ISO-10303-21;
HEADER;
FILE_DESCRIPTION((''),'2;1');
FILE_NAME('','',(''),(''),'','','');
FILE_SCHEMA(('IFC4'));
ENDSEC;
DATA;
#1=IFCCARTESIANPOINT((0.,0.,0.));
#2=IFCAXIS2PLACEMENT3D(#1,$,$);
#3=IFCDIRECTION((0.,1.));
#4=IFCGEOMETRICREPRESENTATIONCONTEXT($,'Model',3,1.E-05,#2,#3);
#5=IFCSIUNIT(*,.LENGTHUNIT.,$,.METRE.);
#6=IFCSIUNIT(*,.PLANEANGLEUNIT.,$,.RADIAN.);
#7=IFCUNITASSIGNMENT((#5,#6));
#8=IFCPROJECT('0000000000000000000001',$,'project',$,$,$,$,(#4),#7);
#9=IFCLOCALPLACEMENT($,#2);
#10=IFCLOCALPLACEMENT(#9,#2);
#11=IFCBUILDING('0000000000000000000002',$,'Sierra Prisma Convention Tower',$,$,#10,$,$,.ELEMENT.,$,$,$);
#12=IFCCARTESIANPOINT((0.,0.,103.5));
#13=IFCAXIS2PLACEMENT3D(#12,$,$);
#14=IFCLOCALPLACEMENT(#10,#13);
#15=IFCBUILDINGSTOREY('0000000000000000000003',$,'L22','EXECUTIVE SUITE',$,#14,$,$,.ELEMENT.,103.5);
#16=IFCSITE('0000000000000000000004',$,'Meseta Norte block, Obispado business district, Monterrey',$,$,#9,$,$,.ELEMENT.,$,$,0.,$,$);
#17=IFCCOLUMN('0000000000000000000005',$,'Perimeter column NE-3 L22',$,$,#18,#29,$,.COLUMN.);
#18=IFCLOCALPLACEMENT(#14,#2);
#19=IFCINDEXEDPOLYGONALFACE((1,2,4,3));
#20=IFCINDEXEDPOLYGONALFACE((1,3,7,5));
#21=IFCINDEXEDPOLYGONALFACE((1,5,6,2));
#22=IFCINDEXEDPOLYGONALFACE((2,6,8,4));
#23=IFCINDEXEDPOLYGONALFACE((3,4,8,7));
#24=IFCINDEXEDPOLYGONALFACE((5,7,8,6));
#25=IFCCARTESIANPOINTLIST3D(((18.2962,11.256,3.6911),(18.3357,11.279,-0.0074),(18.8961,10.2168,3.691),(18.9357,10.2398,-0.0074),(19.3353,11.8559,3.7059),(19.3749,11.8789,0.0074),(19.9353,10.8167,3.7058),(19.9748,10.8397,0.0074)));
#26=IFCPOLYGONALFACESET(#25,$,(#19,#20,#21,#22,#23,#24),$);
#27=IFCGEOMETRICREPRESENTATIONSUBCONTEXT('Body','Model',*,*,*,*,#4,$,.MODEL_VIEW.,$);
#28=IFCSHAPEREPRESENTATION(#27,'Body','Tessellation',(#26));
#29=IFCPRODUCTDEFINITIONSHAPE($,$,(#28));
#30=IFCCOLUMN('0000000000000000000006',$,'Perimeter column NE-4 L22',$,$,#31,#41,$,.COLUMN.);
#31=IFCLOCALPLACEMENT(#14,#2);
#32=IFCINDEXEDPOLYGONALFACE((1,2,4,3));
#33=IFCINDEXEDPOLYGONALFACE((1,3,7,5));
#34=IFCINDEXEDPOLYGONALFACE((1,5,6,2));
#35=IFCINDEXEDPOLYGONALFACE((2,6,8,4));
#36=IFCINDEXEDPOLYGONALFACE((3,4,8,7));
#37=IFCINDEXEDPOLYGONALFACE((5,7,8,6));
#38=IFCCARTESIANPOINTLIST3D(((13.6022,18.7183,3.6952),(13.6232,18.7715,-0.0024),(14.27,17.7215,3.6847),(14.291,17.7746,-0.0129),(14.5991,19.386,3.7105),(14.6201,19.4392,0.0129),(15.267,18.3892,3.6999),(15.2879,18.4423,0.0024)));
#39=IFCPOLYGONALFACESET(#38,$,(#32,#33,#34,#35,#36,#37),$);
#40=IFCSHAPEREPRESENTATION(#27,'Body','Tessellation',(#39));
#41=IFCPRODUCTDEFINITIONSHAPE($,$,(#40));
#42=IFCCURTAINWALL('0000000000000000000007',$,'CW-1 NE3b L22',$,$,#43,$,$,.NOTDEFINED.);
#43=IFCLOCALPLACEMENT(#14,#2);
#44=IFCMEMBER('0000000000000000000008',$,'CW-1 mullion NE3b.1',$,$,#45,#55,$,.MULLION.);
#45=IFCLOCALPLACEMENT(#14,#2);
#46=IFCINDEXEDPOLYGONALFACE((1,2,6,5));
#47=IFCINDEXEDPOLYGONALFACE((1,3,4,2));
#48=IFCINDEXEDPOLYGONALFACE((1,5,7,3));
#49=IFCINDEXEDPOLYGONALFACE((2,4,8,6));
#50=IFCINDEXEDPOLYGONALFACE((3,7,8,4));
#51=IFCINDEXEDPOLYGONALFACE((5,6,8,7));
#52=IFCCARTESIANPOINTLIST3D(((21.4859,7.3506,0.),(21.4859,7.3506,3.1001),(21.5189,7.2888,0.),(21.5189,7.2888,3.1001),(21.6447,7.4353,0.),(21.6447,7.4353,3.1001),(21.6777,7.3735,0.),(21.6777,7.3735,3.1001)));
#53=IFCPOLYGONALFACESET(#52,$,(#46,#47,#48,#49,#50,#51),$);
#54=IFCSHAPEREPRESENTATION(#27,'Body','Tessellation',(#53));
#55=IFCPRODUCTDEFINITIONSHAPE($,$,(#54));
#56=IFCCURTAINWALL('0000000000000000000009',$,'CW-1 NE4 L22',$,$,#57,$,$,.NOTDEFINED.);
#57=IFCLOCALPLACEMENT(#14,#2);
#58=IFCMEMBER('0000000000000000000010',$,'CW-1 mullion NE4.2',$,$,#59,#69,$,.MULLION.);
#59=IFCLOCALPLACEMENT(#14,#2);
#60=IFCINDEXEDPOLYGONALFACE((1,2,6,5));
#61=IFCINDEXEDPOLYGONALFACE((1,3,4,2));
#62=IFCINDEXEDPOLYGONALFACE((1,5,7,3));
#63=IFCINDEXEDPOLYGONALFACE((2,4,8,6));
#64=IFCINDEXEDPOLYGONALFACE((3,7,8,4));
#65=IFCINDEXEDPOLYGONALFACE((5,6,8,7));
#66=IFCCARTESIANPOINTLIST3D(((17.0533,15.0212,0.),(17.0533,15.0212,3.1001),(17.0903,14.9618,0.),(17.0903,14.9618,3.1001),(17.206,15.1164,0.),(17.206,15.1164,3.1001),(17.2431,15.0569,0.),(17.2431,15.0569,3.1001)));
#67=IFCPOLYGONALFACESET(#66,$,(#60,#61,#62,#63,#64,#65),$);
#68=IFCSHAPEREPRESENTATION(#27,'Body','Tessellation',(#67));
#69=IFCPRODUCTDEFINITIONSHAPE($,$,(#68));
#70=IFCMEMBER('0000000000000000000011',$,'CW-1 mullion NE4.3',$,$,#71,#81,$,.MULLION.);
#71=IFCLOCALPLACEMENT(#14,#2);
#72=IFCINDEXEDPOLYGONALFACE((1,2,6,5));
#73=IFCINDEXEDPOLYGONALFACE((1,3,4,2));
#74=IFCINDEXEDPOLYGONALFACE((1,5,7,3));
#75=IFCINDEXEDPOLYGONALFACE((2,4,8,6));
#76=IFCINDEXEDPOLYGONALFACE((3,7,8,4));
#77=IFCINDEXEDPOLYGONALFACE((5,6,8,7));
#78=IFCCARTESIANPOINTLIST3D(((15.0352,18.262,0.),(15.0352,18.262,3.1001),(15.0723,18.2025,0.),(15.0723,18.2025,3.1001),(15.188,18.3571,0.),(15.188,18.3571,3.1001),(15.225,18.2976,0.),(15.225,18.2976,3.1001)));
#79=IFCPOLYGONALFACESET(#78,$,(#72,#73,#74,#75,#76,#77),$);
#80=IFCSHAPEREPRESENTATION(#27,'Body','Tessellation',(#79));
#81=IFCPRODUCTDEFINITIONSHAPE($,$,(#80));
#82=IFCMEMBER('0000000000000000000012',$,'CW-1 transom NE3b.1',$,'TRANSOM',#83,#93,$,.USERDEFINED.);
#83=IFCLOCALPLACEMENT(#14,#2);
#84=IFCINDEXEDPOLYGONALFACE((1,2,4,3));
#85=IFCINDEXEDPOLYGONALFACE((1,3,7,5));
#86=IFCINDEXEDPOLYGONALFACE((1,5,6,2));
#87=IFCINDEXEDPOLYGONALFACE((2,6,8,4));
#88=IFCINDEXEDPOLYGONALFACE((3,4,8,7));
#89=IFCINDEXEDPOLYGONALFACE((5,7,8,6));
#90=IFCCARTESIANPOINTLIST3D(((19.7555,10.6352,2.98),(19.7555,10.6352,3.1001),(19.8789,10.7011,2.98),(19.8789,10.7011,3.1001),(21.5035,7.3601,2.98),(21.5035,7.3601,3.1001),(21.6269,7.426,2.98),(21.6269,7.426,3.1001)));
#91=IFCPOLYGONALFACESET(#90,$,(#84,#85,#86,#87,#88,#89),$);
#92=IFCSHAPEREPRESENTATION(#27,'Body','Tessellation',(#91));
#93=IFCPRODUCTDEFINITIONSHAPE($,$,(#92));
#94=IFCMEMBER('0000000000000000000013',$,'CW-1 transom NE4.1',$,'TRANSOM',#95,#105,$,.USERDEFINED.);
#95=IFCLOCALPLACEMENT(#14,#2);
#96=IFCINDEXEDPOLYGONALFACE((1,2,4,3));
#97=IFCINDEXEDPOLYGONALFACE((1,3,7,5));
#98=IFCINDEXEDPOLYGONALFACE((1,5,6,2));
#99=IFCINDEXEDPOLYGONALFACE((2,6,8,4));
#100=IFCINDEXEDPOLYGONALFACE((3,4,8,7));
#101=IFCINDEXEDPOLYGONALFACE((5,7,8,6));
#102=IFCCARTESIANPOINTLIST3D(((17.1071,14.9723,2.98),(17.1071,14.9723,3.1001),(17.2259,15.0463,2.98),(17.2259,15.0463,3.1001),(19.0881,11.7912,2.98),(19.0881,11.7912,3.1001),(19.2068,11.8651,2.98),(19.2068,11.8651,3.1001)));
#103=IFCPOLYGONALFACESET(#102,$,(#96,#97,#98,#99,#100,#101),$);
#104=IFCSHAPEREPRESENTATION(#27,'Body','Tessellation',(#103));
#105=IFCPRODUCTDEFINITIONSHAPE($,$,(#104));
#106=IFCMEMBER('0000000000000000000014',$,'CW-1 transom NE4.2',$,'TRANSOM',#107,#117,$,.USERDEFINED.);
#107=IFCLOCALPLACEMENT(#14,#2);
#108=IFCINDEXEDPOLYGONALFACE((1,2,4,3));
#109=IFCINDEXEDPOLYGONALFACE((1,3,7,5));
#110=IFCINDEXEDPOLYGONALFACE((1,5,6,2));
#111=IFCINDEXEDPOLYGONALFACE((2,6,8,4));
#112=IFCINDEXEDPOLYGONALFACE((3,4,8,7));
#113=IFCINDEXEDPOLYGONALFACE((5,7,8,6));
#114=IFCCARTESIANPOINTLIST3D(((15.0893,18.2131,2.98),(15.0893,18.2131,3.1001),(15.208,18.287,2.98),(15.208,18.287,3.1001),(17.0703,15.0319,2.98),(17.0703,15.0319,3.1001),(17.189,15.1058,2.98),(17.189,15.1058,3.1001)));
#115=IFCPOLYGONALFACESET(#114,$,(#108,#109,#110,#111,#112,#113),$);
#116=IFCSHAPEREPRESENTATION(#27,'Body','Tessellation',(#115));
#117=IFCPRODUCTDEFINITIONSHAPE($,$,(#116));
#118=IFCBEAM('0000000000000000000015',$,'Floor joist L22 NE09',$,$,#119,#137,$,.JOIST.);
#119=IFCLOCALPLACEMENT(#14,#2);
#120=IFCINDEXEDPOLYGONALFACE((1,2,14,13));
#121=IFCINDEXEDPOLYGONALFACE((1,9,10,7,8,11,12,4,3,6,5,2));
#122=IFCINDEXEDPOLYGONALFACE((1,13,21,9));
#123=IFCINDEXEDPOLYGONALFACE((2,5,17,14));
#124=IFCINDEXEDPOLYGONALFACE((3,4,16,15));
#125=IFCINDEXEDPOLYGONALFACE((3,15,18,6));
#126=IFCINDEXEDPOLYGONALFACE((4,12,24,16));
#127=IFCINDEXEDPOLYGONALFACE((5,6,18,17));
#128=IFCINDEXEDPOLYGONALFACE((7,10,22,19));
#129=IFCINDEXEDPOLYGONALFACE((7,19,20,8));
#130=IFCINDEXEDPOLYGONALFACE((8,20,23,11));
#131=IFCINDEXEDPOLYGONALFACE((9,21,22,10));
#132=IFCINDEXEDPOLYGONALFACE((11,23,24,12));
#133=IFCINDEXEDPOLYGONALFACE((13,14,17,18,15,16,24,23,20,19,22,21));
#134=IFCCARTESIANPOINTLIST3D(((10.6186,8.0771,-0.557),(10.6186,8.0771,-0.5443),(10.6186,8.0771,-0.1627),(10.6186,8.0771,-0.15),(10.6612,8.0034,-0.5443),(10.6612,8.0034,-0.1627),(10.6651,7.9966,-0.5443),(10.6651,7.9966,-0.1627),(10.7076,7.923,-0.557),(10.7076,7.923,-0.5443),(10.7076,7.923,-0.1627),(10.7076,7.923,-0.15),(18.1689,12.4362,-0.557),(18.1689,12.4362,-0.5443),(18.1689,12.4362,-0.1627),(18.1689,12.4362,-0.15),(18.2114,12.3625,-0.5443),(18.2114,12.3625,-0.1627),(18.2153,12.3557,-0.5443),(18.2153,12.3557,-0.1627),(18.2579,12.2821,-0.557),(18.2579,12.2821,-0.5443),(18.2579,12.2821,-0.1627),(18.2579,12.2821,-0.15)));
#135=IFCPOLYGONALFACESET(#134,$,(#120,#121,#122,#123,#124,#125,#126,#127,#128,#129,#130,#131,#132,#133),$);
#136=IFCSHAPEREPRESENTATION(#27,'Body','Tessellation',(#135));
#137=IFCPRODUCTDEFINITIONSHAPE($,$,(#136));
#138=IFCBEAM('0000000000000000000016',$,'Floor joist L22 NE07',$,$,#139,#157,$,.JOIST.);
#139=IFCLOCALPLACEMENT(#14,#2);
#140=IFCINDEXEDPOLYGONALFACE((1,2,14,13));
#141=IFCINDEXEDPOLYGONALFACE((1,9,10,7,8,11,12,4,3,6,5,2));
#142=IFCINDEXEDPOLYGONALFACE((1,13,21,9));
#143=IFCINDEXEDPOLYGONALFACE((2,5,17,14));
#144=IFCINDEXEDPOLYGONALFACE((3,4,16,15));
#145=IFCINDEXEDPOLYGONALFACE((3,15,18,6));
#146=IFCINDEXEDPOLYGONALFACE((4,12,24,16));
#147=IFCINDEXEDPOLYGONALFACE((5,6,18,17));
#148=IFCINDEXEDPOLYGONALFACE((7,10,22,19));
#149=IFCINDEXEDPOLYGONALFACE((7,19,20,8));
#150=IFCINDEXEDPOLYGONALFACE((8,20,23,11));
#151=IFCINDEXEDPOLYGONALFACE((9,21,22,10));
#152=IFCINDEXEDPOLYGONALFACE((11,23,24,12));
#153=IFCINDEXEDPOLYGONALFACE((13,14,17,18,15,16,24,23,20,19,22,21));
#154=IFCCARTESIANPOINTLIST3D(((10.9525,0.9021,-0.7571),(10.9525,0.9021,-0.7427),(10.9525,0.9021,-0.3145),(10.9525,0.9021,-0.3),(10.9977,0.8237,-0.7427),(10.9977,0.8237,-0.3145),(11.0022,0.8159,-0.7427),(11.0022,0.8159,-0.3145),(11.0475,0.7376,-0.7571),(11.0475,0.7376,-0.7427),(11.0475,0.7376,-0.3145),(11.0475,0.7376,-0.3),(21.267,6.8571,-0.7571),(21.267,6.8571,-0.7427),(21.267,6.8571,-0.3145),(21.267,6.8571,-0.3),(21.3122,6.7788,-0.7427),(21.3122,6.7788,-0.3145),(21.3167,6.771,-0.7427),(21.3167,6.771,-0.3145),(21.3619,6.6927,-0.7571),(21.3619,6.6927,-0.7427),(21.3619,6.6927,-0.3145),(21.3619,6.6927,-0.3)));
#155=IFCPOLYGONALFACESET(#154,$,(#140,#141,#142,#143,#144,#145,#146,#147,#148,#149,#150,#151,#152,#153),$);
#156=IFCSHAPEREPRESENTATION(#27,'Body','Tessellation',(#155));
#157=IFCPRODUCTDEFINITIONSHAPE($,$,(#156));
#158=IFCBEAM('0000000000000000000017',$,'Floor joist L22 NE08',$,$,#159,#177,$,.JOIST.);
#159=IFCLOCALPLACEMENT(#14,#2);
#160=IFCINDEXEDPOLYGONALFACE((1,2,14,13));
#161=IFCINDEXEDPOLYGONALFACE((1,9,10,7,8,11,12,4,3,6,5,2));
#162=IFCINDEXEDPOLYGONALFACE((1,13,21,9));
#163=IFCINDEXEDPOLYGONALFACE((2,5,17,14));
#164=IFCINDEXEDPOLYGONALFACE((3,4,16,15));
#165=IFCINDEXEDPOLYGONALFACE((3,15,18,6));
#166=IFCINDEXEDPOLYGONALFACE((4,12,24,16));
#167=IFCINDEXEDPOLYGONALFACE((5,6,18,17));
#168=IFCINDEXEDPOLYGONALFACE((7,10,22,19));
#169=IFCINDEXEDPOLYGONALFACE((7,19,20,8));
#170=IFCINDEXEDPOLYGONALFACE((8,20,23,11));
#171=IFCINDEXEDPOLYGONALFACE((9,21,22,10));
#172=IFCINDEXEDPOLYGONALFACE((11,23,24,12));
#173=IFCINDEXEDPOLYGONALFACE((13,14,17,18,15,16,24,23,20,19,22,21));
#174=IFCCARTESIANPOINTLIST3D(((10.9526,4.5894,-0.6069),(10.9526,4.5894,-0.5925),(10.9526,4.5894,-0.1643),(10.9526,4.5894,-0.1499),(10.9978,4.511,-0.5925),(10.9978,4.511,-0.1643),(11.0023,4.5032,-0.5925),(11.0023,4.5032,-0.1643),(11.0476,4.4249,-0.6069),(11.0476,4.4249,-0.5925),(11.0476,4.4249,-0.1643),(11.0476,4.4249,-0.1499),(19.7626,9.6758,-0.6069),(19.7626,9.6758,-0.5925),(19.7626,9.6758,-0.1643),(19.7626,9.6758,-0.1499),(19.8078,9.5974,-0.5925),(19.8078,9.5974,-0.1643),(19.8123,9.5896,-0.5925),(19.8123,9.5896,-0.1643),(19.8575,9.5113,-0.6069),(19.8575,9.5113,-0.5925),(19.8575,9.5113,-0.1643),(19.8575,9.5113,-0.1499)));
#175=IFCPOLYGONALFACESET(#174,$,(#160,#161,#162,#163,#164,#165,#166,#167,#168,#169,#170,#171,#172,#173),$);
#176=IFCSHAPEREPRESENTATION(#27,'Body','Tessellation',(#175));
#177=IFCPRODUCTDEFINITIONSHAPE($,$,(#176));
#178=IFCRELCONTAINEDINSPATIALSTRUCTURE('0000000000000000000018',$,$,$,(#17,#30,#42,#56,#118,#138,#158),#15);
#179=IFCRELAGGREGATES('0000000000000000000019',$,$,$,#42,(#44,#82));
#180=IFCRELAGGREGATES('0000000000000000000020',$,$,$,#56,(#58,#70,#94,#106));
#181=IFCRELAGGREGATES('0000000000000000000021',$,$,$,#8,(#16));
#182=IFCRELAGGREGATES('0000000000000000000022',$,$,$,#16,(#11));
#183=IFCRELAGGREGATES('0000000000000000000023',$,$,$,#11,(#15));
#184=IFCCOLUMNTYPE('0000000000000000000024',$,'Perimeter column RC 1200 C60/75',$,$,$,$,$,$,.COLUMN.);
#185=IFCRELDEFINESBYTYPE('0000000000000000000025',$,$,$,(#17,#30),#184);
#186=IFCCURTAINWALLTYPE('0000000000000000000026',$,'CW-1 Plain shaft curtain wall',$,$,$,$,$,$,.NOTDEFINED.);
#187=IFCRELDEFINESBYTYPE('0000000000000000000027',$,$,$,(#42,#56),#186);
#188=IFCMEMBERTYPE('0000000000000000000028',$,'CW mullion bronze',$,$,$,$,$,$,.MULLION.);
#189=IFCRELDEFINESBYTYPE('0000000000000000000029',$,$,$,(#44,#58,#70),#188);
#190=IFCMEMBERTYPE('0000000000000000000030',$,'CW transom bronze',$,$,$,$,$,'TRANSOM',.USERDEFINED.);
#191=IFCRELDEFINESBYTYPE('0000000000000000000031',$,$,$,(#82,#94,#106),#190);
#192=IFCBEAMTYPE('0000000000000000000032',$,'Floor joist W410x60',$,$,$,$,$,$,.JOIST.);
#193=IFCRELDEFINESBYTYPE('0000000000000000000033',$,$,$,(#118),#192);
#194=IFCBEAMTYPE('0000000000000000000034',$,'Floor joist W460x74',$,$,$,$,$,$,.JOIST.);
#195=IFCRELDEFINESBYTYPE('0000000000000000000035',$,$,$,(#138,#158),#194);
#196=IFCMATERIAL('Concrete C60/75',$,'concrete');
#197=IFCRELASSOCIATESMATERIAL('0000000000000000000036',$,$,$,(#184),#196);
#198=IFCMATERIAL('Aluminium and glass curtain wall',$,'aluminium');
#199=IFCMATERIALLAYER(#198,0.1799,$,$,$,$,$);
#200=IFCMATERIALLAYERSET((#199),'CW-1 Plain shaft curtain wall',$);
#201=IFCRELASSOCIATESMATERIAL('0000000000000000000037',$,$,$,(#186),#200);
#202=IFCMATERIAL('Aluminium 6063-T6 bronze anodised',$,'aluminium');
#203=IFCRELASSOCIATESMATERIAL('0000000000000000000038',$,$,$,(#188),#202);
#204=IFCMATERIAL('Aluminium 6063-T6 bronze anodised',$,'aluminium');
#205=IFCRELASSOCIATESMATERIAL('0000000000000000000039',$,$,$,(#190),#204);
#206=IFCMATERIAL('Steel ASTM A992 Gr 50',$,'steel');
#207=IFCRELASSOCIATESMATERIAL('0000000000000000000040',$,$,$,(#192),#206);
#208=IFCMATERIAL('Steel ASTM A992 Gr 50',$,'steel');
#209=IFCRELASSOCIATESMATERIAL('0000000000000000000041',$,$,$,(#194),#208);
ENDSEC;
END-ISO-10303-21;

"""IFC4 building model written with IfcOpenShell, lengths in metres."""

from ifc_helpers import new_model, si_unit, direction, frame, origin, origin_2d, place, context, subcontext, project, spatial, rectangle, i_section, extrude, clip, halfspace, material, layer, layer_set, material_profile, profile_set, type_object, element, aggregate, save


model = new_model("IFC4")

# Units and contexts
model_context = context("Model", 3, precision=1e-05, world=origin(), true_north=direction((0.0, 1.0)))
body_context = subcontext(model_context, "Body", "Model", "MODEL_VIEW")
ifc_project = project(units=[si_unit("LENGTHUNIT", "METRE"), si_unit("PLANEANGLEUNIT", "RADIAN")], contexts=[model_context])

# Site, building, storey
site_placement = place(None, origin())
site = spatial("IfcSite", under=ifc_project, at=site_placement, Name="Meseta Norte block, Obispado business district, Monterrey", CompositionType="ELEMENT", RefElevation=0.0)
building_placement = place(site_placement, origin())
building = spatial("IfcBuilding", under=site, at=building_placement, Name="Sierra Prisma Convention Tower", CompositionType="ELEMENT")
storey_placement = place(building_placement, frame((0.0, 0.0, 103.5)))
storey = spatial("IfcBuildingStorey", under=building, at=storey_placement, Name="L22", Description="EXECUTIVE SUITE", CompositionType="ELEMENT", Elevation=103.5)

# Columns
ifc_material_1 = material(Name="Concrete C60/75", Category="concrete")
ifc_material_profile_1 = material_profile(ifc_material_1, rectangle(XDim=1.2, YDim=1.2, at=origin_2d()), Name="Perimeter column RC 1200 C60/75")
ifc_profile_set_1 = profile_set([ifc_material_profile_1], Name="Concrete C60/75")
column_type = type_object("IfcColumnType", Name="Perimeter column RC 1200 C60/75", PredefinedType="COLUMN", material=ifc_profile_set_1)
column_1_placement = place(storey_placement, frame((19.1553, 11.0593, 0.0), z_axis=(-0.010689, -0.006202, 0.999924), x_axis=(-0.499971, 0.866042, 0.000027)))
element("IfcColumn", 1, at=column_1_placement, inside=storey, type_object=column_type, Name="Perimeter column NE-3 L22", PredefinedType="COLUMN", context=body_context, shape_type="SweptSolid", body=[
    clip(extrude(rectangle(XDim=1.2, YDim=1.2, at=origin_2d()), origin(), (0.0, 0.0, 1.0), 3.7002), halfspace(frame((0.0, 0.0, 3.6987)), False)),
])
column_2_placement = place(storey_placement, frame((14.4556, 18.6069, 0.0), z_axis=(-0.005674, -0.014383, 0.99988), x_axis=(-0.556551, 0.830767, 0.008792)))
element("IfcColumn", 2, at=column_2_placement, inside=storey, type_object=column_type, Name="Perimeter column NE-4 L22", PredefinedType="COLUMN", context=body_context, shape_type="SweptSolid", body=[
    clip(extrude(rectangle(XDim=1.2, YDim=1.2, at=origin_2d()), origin(), (0.0, 0.0, 1.0), 3.7004), halfspace(frame((0.0, 0.0, 3.698)), False)),
])

# Curtain wall, member
ifc_material_2 = material(Name="Aluminium and glass curtain wall", Category="aluminium")
ifc_layer_1 = layer(ifc_material_2, 0.1799)
ifc_layer_set_1 = layer_set([ifc_layer_1], Name="CW-1 Plain shaft curtain wall")
curtain_wall_type = type_object("IfcCurtainWallType", Name="CW-1 Plain shaft curtain wall", PredefinedType="NOTDEFINED", material=ifc_layer_set_1)
curtain_wall_1_placement = place(storey_placement, origin())
curtain_wall_1 = element("IfcCurtainWall", 3, at=curtain_wall_1_placement, inside=storey, type_object=curtain_wall_type, Name="CW-1 NE3b L22", PredefinedType="NOTDEFINED")
ifc_material_3 = material(Name="Aluminium 6063-T6 bronze anodised", Category="aluminium")
ifc_material_profile_2 = material_profile(ifc_material_3, rectangle(XDim=0.1799, YDim=0.0701, at=origin_2d()), Name="ALU MULLION 70x180")
ifc_profile_set_2 = profile_set([ifc_material_profile_2], Name="Aluminium 6063-T6 bronze anodised")
member_type_1 = type_object("IfcMemberType", Name="CW mullion bronze", PredefinedType="MULLION", material=ifc_profile_set_2)
member_1_placement = place(storey_placement, frame((21.5818, 7.3621, 0.0), z_axis=(0.0, 0.0, 1.0), x_axis=(-0.882201, -0.470872, 0.0)))
member_1 = element("IfcMember", 4, at=member_1_placement, type_object=member_type_1, Name="CW-1 mullion NE3b.1", PredefinedType="MULLION", context=body_context, shape_type="SweptSolid", body=[
    extrude(rectangle(XDim=0.1799, YDim=0.0701, at=origin_2d()), origin(), (0.0, 0.0, 1.0), 3.1001),
])

# Curtain wall, members
curtain_wall_2_placement = place(storey_placement, origin())
curtain_wall_2 = element("IfcCurtainWall", 5, at=curtain_wall_2_placement, inside=storey, type_object=curtain_wall_type, Name="CW-1 NE4 L22", PredefinedType="NOTDEFINED")
member_2_placement = place(storey_placement, frame((17.1482, 15.0391, 0.0), z_axis=(0.0, 0.0, 1.0), x_axis=(-0.848888, -0.528573, 0.0)))
member_2 = element("IfcMember", 6, at=member_2_placement, type_object=member_type_1, Name="CW-1 mullion NE4.2", PredefinedType="MULLION", context=body_context, shape_type="SweptSolid", body=[
    extrude(rectangle(XDim=0.1799, YDim=0.0701, at=origin_2d()), origin(), (0.0, 0.0, 1.0), 3.1001),
])
member_3_placement = place(storey_placement, frame((15.1301, 18.2798, 0.0), z_axis=(0.0, 0.0, 1.0), x_axis=(-0.848888, -0.528573, 0.0)))
member_3 = element("IfcMember", 7, at=member_3_placement, type_object=member_type_1, Name="CW-1 mullion NE4.3", PredefinedType="MULLION", context=body_context, shape_type="SweptSolid", body=[
    extrude(rectangle(XDim=0.1799, YDim=0.0701, at=origin_2d()), origin(), (0.0, 0.0, 1.0), 3.1001),
])

# Members
ifc_material_4 = material(Name="Aluminium 6063-T6 bronze anodised", Category="aluminium")
ifc_material_profile_3 = material_profile(ifc_material_4, rectangle(XDim=0.1399, YDim=0.1201, at=origin_2d()), Name="ALU TRANSOM 120x140")
ifc_profile_set_3 = profile_set([ifc_material_profile_3], Name="Aluminium 6063-T6 bronze anodised")
member_type_2 = type_object("IfcMemberType", Name="CW transom bronze", ElementType="TRANSOM", PredefinedType="USERDEFINED", material=ifc_profile_set_3)
member_4_placement = place(storey_placement, frame((21.5652, 7.3931, 3.04), z_axis=(-0.470861, 0.882207, 0.0), x_axis=(-0.882207, -0.470861, 0.0)))
member_4 = element("IfcMember", 8, at=member_4_placement, type_object=member_type_2, Name="CW-1 transom NE3b.1", ObjectType="TRANSOM", PredefinedType="USERDEFINED", context=body_context, shape_type="SweptSolid", body=[
    extrude(rectangle(XDim=0.1399, YDim=0.1201, at=origin_2d()), origin(), (0.0, 0.0, 1.0), 3.7124),
])
member_5_placement = place(storey_placement, frame((19.1475, 11.8281, 3.04), z_axis=(-0.528605, 0.848868, 0.0), x_axis=(-0.848868, -0.528605, 0.0)))
member_5 = element("IfcMember", 9, at=member_5_placement, type_object=member_type_2, Name="CW-1 transom NE4.1", ObjectType="TRANSOM", PredefinedType="USERDEFINED", context=body_context, shape_type="SweptSolid", body=[
    extrude(rectangle(XDim=0.1399, YDim=0.1201, at=origin_2d()), origin(), (0.0, 0.0, 1.0), 3.7476),
])
member_6_placement = place(storey_placement, frame((17.1296, 15.0688, 3.04), z_axis=(-0.528605, 0.848868, 0.0), x_axis=(-0.848868, -0.528605, 0.0)))
member_6 = element("IfcMember", 10, at=member_6_placement, type_object=member_type_2, Name="CW-1 transom NE4.2", ObjectType="TRANSOM", PredefinedType="USERDEFINED", context=body_context, shape_type="SweptSolid", body=[
    extrude(rectangle(XDim=0.1399, YDim=0.1201, at=origin_2d()), origin(), (0.0, 0.0, 1.0), 3.7476),
])

# Beams
ifc_material_5 = material(Name="Steel ASTM A992 Gr 50", Category="steel")
ifc_material_profile_4 = material_profile(ifc_material_5, i_section(OverallWidth=0.178, OverallDepth=0.407, WebThickness=0.0078, FlangeThickness=0.0127, at=origin_2d()), Name="W410x60")
ifc_profile_set_4 = profile_set([ifc_material_profile_4], Name="Steel ASTM A992 Gr 50")
beam_type_1 = type_object("IfcBeamType", Name="Floor joist W410x60", PredefinedType="JOIST", material=ifc_profile_set_4)
beam_1_placement = place(storey_placement, frame((18.2134, 12.3591, -0.3535), z_axis=(-0.866027, -0.499997, 0.0), x_axis=(0.499997, -0.866027, 0.0)))
element("IfcBeam", 11, at=beam_1_placement, inside=storey, type_object=beam_type_1, Name="Floor joist L22 NE09", PredefinedType="JOIST", context=body_context, shape_type="SweptSolid", body=[
    extrude(i_section(OverallWidth=0.178, OverallDepth=0.407, WebThickness=0.0078, FlangeThickness=0.0127, at=origin_2d()), origin(), (0.0, 0.0, 1.0), 8.7183),
])
ifc_material_6 = material(Name="Steel ASTM A992 Gr 50", Category="steel")
ifc_material_profile_5 = material_profile(ifc_material_6, i_section(OverallWidth=0.1899, OverallDepth=0.457, WebThickness=0.009, FlangeThickness=0.0144, at=origin_2d()), Name="W460x74")
ifc_profile_set_5 = profile_set([ifc_material_profile_5], Name="Steel ASTM A992 Gr 50")
beam_type_2 = type_object("IfcBeamType", Name="Floor joist W460x74", PredefinedType="JOIST", material=ifc_profile_set_5)
beam_2_placement = place(storey_placement, frame((21.3145, 6.7749, -0.5286), z_axis=(-0.866024, -0.500002, 0.0), x_axis=(0.500002, -0.866024, 0.0)))
element("IfcBeam", 12, at=beam_2_placement, inside=storey, type_object=beam_type_2, Name="Floor joist L22 NE07", PredefinedType="JOIST", context=body_context, shape_type="SweptSolid", body=[
    extrude(i_section(OverallWidth=0.1899, OverallDepth=0.457, WebThickness=0.009, FlangeThickness=0.0144, at=origin_2d()), origin(), (0.0, 0.0, 1.0), 11.9102),
])
beam_3_placement = place(storey_placement, frame((19.8101, 9.5935, -0.3784), z_axis=(-0.866028, -0.499995, 0.0), x_axis=(0.499995, -0.866028, 0.0)))
element("IfcBeam", 13, at=beam_3_placement, inside=storey, type_object=beam_type_2, Name="Floor joist L22 NE08", PredefinedType="JOIST", context=body_context, shape_type="SweptSolid", body=[
    extrude(i_section(OverallWidth=0.1899, OverallDepth=0.457, WebThickness=0.009, FlangeThickness=0.0144, at=origin_2d()), origin(), (0.0, 0.0, 1.0), 10.1729),
])

aggregate(curtain_wall_1, [member_1, member_4])
aggregate(curtain_wall_2, [member_2, member_3, member_5, member_6])

save(model, "model.ifc")
